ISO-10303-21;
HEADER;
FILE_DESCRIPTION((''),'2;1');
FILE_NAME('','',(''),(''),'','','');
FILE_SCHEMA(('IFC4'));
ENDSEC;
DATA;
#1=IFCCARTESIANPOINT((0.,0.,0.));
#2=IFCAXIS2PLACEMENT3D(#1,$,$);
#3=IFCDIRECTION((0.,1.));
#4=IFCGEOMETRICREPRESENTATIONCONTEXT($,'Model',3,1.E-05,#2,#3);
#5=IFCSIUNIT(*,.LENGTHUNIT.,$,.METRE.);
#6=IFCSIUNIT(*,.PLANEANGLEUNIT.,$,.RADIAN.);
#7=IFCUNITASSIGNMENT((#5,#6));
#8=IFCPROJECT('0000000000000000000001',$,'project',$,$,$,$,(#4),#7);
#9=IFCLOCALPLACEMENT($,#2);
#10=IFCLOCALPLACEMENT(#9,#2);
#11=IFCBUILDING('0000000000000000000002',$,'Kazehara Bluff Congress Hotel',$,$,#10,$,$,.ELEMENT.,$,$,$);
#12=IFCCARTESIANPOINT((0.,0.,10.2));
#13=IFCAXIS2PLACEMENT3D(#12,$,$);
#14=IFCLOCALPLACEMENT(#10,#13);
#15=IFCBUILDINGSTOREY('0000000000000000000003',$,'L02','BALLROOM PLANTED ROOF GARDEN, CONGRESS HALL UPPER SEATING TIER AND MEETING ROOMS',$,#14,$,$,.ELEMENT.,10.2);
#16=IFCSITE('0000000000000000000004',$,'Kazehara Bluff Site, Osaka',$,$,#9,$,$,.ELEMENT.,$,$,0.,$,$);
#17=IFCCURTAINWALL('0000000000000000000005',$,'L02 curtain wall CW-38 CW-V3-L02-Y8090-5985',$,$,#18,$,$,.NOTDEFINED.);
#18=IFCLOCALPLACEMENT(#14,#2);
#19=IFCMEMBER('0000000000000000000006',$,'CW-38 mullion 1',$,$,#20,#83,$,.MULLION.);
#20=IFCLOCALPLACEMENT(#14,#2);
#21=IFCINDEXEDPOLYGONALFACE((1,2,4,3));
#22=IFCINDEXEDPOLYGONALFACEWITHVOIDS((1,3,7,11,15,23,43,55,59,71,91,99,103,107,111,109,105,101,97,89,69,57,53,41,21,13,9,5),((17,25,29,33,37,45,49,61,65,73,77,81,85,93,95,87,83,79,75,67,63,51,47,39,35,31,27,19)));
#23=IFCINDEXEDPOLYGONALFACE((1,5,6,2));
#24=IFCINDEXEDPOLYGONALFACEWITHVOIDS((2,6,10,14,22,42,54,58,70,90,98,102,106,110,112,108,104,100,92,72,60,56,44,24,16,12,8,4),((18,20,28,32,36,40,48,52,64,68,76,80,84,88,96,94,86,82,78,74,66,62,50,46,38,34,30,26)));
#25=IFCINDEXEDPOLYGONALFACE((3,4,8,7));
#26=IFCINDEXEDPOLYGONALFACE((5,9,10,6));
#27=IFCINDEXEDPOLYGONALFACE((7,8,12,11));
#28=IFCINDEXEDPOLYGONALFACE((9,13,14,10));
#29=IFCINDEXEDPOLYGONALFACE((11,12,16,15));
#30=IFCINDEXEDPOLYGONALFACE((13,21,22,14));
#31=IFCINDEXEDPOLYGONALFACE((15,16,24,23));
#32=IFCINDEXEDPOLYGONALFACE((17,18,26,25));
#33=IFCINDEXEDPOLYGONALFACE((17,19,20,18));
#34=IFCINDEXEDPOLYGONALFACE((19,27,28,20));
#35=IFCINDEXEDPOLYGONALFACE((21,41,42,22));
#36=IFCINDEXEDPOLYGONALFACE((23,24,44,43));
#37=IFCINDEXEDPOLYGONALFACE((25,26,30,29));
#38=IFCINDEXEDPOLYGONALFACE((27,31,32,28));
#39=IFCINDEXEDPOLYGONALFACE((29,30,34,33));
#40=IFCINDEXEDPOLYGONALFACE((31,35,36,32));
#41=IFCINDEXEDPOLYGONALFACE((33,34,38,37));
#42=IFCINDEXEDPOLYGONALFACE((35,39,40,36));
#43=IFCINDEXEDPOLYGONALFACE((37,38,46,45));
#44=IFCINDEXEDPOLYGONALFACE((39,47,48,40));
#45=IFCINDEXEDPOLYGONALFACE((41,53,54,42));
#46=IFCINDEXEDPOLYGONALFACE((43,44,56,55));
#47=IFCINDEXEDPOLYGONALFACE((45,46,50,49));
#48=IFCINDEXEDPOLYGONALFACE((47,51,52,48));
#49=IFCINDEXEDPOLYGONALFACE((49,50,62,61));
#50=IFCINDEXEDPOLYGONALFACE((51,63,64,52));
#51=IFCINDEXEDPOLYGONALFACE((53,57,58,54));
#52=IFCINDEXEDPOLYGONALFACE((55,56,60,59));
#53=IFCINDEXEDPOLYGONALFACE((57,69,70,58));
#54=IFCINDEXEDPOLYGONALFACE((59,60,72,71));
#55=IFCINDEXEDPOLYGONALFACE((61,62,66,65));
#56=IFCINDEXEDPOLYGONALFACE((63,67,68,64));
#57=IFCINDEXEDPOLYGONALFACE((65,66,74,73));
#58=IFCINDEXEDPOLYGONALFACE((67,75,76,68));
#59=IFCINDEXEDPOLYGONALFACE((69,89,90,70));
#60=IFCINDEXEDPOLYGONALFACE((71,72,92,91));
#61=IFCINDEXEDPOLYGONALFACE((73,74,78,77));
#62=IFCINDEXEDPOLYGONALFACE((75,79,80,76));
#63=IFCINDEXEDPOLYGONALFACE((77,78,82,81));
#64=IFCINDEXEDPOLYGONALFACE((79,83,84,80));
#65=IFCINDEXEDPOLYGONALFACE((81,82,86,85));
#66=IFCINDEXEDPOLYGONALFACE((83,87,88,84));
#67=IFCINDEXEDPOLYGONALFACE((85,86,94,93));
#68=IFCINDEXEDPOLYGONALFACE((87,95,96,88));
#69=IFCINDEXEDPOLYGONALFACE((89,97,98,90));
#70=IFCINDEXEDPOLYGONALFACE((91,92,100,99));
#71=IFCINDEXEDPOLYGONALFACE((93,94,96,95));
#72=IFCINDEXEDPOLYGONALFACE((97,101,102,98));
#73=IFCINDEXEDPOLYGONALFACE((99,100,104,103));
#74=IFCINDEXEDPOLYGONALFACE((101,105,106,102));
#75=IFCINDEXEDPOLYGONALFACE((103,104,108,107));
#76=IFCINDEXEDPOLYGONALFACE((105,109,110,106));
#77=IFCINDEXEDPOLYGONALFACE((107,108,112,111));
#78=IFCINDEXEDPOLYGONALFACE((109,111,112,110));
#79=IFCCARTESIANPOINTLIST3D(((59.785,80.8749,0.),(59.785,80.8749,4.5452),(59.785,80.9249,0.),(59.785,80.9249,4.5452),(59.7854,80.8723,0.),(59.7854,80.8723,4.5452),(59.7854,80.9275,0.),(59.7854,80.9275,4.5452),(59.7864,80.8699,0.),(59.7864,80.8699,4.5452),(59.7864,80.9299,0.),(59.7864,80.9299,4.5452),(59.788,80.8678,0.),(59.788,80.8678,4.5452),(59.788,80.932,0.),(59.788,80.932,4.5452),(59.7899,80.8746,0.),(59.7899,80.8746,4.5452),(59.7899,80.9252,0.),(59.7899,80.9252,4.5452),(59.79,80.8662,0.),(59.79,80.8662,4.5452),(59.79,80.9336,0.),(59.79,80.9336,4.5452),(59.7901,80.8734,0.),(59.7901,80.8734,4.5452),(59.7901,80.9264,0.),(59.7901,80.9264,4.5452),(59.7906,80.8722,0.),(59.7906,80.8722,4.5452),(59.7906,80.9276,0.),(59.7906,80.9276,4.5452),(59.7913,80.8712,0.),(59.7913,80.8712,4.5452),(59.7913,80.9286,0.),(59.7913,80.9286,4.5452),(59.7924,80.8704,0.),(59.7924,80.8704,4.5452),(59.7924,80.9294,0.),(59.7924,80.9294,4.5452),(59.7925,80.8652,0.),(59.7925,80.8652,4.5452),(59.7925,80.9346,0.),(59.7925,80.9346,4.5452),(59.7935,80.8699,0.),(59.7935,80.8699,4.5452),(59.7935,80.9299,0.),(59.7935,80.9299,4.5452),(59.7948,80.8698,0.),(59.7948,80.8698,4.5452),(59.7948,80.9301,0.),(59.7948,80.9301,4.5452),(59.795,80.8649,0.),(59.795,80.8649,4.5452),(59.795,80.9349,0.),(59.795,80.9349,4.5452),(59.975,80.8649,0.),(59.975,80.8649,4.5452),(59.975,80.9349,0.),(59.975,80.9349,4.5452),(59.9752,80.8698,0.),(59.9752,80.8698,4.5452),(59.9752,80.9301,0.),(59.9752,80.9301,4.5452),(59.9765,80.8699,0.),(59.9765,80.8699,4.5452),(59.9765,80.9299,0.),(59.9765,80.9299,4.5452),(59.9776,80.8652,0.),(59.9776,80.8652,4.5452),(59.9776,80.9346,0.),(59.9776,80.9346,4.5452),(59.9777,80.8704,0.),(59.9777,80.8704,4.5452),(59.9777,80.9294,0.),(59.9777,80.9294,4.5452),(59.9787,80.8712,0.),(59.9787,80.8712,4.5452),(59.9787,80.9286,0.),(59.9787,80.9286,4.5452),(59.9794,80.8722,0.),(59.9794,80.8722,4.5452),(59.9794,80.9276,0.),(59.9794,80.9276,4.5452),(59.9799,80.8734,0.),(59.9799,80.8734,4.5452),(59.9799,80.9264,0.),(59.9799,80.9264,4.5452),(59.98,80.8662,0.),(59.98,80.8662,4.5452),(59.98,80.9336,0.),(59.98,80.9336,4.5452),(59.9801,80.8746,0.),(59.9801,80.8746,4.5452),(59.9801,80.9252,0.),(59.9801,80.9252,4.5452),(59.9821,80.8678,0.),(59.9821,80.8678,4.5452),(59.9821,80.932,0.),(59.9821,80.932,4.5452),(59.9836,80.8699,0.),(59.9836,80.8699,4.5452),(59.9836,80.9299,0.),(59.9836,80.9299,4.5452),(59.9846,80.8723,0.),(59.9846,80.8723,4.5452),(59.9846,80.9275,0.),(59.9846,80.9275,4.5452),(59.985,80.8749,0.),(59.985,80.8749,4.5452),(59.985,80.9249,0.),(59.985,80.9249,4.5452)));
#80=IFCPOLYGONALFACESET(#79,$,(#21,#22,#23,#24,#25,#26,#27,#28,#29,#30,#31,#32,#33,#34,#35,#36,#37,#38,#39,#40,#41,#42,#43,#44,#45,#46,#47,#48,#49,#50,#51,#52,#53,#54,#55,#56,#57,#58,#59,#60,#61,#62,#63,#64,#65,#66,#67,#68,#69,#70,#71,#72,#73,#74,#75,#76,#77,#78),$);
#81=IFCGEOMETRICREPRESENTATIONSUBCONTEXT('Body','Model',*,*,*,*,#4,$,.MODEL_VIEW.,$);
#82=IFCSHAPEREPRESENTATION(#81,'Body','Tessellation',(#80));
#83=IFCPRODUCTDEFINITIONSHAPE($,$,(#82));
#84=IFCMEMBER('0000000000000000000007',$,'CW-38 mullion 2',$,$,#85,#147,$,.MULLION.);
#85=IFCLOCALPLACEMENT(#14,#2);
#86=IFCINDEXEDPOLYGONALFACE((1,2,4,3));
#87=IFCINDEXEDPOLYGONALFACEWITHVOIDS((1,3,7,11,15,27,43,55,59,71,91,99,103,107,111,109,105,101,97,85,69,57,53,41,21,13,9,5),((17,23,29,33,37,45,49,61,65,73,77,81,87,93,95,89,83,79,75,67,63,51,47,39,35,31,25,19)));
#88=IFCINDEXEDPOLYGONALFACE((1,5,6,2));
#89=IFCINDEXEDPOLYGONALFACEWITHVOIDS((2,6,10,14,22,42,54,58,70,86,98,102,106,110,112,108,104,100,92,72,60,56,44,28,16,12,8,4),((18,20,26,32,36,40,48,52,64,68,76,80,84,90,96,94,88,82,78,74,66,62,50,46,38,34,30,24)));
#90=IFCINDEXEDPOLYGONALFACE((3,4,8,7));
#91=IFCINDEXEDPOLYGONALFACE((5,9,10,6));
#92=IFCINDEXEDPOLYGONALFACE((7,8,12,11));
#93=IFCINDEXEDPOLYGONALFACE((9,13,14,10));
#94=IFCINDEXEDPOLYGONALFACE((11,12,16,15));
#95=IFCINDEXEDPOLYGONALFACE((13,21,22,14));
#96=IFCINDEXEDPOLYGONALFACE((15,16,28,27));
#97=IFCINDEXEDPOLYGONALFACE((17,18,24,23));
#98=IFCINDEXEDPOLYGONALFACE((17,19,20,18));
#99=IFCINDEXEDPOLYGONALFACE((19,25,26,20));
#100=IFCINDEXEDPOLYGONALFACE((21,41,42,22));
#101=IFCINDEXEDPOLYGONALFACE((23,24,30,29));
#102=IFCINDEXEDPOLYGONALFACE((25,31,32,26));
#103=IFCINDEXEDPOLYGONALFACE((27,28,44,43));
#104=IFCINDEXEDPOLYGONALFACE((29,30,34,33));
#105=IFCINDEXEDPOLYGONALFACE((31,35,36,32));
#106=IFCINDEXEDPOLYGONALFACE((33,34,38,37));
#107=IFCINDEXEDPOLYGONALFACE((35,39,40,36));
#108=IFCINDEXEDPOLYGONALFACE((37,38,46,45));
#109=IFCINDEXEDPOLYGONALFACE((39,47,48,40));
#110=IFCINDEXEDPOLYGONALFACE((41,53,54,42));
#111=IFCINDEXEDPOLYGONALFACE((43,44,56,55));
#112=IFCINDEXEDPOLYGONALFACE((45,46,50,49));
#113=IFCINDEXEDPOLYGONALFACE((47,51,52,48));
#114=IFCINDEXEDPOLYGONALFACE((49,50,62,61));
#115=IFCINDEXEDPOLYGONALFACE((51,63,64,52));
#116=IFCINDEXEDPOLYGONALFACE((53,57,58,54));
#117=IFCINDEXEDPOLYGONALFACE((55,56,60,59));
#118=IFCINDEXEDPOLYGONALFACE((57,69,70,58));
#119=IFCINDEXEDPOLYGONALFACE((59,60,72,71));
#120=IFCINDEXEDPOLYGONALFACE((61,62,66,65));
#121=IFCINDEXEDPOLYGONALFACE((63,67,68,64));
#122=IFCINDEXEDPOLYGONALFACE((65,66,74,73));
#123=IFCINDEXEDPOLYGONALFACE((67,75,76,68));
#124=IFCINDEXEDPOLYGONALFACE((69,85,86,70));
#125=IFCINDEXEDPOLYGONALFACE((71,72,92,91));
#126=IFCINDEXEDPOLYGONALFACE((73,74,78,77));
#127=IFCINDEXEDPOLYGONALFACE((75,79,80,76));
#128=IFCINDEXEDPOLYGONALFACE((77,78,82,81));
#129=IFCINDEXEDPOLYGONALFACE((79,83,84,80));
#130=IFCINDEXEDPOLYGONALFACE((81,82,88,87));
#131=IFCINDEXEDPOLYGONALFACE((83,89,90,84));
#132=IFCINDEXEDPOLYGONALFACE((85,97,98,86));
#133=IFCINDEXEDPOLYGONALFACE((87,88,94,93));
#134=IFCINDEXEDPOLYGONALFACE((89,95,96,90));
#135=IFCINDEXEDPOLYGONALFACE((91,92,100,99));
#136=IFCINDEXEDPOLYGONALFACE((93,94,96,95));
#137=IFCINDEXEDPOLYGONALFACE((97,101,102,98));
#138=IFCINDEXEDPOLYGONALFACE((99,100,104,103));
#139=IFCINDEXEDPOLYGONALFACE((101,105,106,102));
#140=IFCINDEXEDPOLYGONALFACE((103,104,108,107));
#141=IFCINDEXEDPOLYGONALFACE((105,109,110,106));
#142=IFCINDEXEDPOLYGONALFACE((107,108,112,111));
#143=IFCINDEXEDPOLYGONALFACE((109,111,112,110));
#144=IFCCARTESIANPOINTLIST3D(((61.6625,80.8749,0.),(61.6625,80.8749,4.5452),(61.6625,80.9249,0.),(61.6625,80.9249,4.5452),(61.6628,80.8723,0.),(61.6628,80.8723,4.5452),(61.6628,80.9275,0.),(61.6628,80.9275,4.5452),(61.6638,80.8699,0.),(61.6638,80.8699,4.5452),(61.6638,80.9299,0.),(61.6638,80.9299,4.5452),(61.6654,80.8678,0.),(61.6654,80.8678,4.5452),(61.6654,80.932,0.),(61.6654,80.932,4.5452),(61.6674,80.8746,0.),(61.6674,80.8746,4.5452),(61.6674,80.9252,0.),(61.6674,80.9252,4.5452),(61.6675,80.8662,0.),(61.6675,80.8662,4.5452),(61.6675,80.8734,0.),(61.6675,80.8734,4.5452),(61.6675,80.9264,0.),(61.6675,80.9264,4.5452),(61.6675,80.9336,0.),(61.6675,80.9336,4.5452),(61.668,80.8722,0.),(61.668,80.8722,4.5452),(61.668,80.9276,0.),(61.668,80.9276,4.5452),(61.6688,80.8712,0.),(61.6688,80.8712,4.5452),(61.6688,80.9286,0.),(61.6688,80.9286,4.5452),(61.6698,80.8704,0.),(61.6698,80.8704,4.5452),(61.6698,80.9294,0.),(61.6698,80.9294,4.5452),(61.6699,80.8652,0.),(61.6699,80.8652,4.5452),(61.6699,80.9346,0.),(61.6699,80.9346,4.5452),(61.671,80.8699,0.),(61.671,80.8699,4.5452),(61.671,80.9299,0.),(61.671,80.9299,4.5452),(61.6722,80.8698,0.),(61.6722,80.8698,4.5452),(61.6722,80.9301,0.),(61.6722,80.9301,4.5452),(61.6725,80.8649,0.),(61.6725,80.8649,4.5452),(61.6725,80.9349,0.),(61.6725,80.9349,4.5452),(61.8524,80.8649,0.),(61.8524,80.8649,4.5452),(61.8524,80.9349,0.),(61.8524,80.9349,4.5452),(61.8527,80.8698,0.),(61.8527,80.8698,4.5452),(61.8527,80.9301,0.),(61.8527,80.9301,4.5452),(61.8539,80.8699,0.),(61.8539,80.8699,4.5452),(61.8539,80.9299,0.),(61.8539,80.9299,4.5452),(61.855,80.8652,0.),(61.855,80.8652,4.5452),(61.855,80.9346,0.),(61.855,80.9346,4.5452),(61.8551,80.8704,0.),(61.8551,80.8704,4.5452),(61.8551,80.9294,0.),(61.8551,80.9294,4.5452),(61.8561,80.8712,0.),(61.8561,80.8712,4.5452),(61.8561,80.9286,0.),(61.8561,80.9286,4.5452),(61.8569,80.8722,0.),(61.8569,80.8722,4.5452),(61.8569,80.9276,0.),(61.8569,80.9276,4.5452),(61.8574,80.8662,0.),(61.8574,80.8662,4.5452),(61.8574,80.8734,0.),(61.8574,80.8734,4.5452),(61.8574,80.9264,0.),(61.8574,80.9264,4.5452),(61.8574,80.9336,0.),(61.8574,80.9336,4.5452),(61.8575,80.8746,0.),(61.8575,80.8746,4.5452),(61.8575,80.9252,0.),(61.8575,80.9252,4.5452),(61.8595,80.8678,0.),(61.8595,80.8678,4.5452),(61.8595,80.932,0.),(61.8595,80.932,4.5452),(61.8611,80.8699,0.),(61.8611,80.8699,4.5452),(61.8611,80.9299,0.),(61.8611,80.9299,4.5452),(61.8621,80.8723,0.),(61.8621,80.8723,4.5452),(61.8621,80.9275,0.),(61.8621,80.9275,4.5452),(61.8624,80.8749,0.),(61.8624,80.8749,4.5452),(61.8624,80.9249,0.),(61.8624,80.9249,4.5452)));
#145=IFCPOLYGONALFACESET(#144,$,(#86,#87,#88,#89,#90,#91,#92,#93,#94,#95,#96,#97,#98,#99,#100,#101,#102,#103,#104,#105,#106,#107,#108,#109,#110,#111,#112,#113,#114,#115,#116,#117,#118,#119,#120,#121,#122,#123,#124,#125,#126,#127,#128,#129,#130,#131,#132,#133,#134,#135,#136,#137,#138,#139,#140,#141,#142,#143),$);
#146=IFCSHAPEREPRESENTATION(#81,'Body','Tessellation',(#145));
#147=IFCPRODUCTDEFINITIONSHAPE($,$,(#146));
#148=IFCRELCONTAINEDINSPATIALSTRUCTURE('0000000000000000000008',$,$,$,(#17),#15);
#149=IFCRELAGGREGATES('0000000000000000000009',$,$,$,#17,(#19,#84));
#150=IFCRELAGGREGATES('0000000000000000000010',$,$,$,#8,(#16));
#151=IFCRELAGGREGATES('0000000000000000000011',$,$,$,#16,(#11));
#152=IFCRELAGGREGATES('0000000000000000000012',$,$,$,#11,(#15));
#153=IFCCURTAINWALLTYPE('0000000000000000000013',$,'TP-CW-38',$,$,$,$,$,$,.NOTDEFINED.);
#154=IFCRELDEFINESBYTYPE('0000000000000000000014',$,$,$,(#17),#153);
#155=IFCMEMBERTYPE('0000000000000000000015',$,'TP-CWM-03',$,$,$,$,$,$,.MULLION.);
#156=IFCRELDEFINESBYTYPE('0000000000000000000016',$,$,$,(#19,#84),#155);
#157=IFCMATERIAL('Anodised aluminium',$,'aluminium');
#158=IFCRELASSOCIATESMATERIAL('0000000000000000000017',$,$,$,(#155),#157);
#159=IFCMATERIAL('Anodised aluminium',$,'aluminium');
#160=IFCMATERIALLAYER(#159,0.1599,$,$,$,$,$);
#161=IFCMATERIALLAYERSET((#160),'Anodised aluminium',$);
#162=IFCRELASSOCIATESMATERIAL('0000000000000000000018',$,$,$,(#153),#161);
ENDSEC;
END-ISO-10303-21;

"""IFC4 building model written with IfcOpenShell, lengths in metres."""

from ifc_helpers import new_model, si_unit, direction, frame, origin, origin_2d, place, context, subcontext, project, spatial, hollow_rectangle, extrude, material, layer, layer_set, material_profile, profile_set, type_object, element, aggregate, save


model = new_model("IFC4")

# Units and contexts
model_context = context("Model", 3, precision=1e-05, world=origin(), true_north=direction((0.0, 1.0)))
body_context = subcontext(model_context, "Body", "Model", "MODEL_VIEW")
ifc_project = project(units=[si_unit("LENGTHUNIT", "METRE"), si_unit("PLANEANGLEUNIT", "RADIAN")], contexts=[model_context])

# Site, building, storey
site_placement = place(None, origin())
site = spatial("IfcSite", under=ifc_project, at=site_placement, Name="Kazehara Bluff Site, Osaka", CompositionType="ELEMENT", RefElevation=0.0)
building_placement = place(site_placement, origin())
building = spatial("IfcBuilding", under=site, at=building_placement, Name="Kazehara Bluff Congress Hotel", CompositionType="ELEMENT")
storey_placement = place(building_placement, frame((0.0, 0.0, 10.2)))
storey = spatial("IfcBuildingStorey", under=building, at=storey_placement, Name="L02", Description="BALLROOM PLANTED ROOF GARDEN, CONGRESS HALL UPPER SEATING TIER AND MEETING ROOMS", CompositionType="ELEMENT", Elevation=10.2)

# Curtain wall, members
ifc_material_1 = material(Name="Anodised aluminium", Category="aluminium")
ifc_material_profile_1 = material_profile(ifc_material_1, hollow_rectangle(XDim=0.0701, YDim=0.2, WallThickness=0.0049, InnerFilletRadius=0.0049, OuterFilletRadius=0.01, at=origin_2d()))
ifc_profile_set_1 = profile_set([ifc_material_profile_1], Name="Anodised aluminium")
member_type_1 = type_object("IfcMemberType", Name="TP-CWM-03", PredefinedType="MULLION", material=ifc_profile_set_1)
ifc_material_2 = material(Name="Anodised aluminium", Category="aluminium")
ifc_layer_1 = layer(ifc_material_2, 0.1599)
ifc_layer_set_1 = layer_set([ifc_layer_1], Name="Anodised aluminium")
curtain_wall_type_1 = type_object("IfcCurtainWallType", Name="TP-CW-38", PredefinedType="NOTDEFINED", material=ifc_layer_set_1)
curtain_wall_1_placement = place(storey_placement, origin())
curtain_wall_1 = element("IfcCurtainWall", 1, at=curtain_wall_1_placement, inside=storey, type_object=curtain_wall_type_1, Name="L02 curtain wall CW-38 CW-V3-L02-Y8090-5985", PredefinedType="NOTDEFINED")
member_1_placement = place(storey_placement, frame((59.885, 80.8999, 0.0), z_axis=(0.0, 0.0, 1.0), x_axis=(0.0, 1.0, 0.0)))
member_1 = element("IfcMember", 2, at=member_1_placement, type_object=member_type_1, Name="CW-38 mullion 1", PredefinedType="MULLION", context=body_context, shape_type="SweptSolid", body=[
    extrude(hollow_rectangle(XDim=0.0701, YDim=0.2, WallThickness=0.0049, InnerFilletRadius=0.0049, OuterFilletRadius=0.01, at=origin_2d()), origin(), (0.0, 0.0, 1.0), 4.5452),
])
member_2_placement = place(storey_placement, frame((61.7625, 80.8999, 0.0), z_axis=(0.0, 0.0, 1.0), x_axis=(0.0, 1.0, 0.0)))
member_2 = element("IfcMember", 3, at=member_2_placement, type_object=member_type_1, Name="CW-38 mullion 2", PredefinedType="MULLION", context=body_context, shape_type="SweptSolid", body=[
    extrude(hollow_rectangle(XDim=0.0701, YDim=0.2, WallThickness=0.0049, InnerFilletRadius=0.0049, OuterFilletRadius=0.01, at=origin_2d()), origin(), (0.0, 0.0, 1.0), 4.5452),
])

aggregate(curtain_wall_1, [member_1, member_2])

save(model, "model.ifc")
